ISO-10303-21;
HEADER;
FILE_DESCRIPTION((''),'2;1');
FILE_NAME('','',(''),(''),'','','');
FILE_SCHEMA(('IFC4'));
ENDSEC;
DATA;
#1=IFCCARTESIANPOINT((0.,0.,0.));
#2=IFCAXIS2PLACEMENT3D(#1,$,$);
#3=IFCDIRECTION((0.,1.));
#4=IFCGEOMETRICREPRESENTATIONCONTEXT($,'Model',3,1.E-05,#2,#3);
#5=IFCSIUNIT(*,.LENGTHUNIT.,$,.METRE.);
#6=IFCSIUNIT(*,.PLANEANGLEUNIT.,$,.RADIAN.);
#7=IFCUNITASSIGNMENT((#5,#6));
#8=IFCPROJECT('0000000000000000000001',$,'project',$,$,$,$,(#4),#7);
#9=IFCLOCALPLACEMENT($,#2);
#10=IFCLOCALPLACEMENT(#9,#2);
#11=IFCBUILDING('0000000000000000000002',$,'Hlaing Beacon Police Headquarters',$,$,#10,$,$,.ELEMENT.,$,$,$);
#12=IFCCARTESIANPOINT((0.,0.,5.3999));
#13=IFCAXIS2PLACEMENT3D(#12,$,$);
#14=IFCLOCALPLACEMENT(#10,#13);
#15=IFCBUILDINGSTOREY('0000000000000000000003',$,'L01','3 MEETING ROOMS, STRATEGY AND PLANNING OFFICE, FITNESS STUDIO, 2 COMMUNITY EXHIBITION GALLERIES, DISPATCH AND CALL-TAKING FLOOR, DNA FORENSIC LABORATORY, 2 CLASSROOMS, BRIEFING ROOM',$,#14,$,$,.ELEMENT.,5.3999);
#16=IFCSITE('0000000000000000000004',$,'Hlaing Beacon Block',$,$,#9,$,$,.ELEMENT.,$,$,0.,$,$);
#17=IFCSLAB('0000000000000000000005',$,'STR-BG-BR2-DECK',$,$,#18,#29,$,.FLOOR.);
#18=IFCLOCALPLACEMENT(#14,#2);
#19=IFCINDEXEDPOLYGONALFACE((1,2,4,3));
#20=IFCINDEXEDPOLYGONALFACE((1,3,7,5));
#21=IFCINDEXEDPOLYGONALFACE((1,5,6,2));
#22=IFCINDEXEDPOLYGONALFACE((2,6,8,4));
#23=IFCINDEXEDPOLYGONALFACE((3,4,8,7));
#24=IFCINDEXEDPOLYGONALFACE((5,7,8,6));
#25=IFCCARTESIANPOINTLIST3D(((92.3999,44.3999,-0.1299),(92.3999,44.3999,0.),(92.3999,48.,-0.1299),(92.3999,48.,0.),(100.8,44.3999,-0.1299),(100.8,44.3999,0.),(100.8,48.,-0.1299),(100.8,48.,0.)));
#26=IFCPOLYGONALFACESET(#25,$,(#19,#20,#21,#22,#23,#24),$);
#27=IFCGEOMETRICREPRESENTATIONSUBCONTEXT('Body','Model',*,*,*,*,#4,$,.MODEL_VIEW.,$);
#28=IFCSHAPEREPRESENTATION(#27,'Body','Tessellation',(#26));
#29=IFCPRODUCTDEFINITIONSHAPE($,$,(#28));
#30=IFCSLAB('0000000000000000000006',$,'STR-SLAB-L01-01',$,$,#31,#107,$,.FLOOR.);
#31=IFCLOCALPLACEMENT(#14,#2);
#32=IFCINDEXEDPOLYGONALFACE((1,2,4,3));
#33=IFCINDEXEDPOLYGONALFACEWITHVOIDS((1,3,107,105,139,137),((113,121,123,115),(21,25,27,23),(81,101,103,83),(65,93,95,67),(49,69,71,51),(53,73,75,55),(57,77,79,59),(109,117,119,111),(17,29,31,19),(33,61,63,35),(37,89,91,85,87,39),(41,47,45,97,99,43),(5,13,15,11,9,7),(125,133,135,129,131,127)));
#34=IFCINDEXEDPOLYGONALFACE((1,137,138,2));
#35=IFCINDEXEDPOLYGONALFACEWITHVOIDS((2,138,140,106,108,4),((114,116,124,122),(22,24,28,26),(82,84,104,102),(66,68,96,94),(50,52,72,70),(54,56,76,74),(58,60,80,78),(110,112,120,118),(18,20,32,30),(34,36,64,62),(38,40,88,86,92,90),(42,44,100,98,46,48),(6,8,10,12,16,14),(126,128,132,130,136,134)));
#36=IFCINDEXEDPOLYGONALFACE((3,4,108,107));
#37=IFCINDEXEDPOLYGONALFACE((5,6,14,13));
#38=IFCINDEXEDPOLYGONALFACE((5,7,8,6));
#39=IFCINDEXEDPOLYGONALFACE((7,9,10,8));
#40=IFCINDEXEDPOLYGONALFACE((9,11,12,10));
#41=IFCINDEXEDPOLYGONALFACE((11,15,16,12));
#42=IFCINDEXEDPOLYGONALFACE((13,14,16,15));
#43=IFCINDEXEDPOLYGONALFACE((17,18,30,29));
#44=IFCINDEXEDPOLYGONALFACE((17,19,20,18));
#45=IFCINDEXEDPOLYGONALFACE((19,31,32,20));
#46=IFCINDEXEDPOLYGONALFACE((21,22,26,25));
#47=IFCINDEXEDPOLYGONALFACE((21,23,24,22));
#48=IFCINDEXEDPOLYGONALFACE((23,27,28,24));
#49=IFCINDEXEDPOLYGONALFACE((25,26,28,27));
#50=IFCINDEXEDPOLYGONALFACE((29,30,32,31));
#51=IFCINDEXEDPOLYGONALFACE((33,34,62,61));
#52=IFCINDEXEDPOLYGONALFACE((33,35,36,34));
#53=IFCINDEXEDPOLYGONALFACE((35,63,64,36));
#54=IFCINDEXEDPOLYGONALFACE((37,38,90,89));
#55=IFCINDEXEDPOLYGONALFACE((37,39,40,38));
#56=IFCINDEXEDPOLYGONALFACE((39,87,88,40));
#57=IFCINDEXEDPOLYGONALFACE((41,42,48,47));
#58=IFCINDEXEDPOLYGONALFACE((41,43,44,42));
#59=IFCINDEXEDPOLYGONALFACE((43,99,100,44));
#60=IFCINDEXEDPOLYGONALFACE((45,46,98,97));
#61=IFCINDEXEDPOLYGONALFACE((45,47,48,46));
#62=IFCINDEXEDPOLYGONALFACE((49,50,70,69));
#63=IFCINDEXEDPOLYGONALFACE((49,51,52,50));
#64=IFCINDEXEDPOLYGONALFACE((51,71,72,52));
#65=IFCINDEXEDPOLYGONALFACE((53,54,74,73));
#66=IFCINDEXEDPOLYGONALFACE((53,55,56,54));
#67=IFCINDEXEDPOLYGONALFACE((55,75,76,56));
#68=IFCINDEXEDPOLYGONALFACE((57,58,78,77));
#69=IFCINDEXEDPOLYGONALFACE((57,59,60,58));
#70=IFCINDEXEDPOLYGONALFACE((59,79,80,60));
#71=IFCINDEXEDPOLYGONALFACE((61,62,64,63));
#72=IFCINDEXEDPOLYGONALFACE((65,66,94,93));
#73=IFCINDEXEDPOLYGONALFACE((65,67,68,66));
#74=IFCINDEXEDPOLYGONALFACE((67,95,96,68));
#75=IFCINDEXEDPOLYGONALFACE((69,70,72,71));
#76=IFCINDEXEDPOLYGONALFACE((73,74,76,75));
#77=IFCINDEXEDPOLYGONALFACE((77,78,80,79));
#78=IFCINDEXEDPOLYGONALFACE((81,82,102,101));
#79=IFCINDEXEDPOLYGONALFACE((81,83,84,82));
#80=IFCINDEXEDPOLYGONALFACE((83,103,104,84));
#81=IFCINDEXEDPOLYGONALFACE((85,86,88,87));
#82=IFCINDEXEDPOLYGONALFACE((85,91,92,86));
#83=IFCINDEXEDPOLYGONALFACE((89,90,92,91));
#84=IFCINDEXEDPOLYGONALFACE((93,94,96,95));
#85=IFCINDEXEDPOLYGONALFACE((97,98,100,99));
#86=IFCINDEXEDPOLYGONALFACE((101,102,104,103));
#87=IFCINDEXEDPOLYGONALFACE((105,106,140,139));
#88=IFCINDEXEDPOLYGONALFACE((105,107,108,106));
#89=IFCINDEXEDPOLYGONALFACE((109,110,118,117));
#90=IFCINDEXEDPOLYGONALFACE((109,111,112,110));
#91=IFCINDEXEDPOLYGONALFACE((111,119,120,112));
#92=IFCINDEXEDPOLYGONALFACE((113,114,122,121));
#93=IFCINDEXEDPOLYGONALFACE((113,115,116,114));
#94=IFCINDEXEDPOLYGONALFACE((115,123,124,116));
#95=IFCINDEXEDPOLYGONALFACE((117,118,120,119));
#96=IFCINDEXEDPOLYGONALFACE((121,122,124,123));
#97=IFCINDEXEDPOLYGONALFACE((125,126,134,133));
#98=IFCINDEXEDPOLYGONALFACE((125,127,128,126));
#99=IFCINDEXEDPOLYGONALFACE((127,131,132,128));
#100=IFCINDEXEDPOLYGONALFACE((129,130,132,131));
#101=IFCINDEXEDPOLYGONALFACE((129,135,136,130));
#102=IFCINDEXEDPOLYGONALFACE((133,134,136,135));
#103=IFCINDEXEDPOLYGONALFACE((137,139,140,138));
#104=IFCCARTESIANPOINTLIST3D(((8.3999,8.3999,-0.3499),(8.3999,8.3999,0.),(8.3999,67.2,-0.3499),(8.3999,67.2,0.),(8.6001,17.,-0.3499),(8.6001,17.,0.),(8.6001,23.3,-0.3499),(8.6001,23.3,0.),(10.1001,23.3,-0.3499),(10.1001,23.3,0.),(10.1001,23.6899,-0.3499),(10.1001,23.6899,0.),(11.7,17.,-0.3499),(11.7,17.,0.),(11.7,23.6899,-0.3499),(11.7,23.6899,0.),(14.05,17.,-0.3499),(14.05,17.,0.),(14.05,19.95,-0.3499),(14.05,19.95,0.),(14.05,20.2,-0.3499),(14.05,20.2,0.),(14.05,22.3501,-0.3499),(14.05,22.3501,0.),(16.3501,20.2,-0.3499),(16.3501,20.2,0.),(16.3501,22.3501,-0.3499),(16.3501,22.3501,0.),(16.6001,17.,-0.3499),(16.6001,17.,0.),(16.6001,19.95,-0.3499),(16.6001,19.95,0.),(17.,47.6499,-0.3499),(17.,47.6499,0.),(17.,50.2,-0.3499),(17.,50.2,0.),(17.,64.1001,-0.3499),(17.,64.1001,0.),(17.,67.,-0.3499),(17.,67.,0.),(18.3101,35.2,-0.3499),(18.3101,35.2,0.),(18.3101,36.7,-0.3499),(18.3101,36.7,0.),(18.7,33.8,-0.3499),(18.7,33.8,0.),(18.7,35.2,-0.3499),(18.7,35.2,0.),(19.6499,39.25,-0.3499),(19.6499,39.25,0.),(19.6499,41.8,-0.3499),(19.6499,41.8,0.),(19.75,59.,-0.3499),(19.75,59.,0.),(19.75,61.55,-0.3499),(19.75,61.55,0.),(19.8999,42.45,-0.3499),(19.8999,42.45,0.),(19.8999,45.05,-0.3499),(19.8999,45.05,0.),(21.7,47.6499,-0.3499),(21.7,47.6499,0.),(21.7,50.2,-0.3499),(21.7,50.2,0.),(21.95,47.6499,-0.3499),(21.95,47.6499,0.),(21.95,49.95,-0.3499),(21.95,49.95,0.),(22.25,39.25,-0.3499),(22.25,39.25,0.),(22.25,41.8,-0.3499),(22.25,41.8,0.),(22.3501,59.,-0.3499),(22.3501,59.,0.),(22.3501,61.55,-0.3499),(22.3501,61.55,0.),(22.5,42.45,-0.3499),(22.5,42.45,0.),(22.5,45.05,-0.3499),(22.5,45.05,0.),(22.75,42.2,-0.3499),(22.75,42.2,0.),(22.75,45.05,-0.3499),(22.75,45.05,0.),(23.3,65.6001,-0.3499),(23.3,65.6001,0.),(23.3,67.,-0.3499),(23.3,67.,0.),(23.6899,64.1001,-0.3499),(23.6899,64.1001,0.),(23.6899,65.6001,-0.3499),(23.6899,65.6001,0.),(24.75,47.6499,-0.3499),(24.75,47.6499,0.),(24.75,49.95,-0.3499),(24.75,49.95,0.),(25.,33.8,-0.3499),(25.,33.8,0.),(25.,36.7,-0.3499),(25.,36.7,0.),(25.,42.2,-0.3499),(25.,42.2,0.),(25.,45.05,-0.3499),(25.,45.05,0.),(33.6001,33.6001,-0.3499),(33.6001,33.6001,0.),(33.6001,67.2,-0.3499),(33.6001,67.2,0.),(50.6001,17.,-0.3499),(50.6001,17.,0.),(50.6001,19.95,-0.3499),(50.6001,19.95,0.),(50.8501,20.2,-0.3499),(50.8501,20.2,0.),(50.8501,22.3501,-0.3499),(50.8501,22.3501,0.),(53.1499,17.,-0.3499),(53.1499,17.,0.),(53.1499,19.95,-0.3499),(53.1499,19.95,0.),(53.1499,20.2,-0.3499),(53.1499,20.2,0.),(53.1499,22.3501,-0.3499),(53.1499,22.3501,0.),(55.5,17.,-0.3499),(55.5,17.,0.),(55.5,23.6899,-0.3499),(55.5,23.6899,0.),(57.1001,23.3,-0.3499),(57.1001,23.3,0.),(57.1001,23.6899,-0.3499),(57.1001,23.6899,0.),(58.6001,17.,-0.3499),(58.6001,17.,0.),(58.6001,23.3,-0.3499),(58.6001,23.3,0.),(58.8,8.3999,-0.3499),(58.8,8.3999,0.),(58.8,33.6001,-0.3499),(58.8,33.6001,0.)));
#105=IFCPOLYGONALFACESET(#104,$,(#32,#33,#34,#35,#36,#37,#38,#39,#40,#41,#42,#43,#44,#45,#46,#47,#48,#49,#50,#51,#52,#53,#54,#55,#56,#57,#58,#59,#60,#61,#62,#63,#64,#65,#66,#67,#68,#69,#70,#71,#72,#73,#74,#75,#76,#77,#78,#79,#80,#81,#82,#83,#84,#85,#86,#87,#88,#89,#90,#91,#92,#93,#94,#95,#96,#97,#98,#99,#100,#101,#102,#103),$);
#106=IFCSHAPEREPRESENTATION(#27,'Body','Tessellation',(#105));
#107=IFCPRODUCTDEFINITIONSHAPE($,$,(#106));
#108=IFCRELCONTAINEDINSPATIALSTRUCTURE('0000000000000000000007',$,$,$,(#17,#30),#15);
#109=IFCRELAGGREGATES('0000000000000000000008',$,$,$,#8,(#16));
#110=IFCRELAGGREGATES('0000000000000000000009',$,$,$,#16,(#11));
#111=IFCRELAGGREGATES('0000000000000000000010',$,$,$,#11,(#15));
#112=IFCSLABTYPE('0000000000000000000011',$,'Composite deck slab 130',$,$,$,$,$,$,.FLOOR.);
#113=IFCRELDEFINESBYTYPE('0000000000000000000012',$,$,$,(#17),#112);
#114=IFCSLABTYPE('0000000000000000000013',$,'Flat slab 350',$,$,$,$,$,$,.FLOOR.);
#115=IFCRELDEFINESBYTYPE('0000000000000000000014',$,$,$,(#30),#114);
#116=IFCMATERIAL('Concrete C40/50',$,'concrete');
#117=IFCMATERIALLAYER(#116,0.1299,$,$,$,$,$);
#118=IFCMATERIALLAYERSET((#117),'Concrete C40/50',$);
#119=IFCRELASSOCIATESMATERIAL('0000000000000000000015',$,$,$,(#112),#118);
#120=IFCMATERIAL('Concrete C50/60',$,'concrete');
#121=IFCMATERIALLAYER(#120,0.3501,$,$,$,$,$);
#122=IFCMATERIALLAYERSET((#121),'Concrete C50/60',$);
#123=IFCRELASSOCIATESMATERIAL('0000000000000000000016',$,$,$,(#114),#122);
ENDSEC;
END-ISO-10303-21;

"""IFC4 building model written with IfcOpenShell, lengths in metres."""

from ifc_helpers import new_model, si_unit, direction, frame, origin, place, context, subcontext, project, spatial, polyline, outline, extrude, material, layer, layer_set, type_object, element, save


model = new_model("IFC4")

# Units and contexts
model_context = context("Model", 3, precision=1e-05, world=origin(), true_north=direction((0.0, 1.0)))
body_context = subcontext(model_context, "Body", "Model", "MODEL_VIEW")
ifc_project = project(units=[si_unit("LENGTHUNIT", "METRE"), si_unit("PLANEANGLEUNIT", "RADIAN")], contexts=[model_context])

# Site, building, storey
site_placement = place(None, origin())
site = spatial("IfcSite", under=ifc_project, at=site_placement, Name="Hlaing Beacon Block", CompositionType="ELEMENT", RefElevation=0.0)
building_placement = place(site_placement, origin())
building = spatial("IfcBuilding", under=site, at=building_placement, Name="Hlaing Beacon Police Headquarters", CompositionType="ELEMENT")
storey_placement = place(building_placement, frame((0.0, 0.0, 5.3999)))
storey = spatial("IfcBuildingStorey", under=building, at=storey_placement, Name="L01", Description="3 MEETING ROOMS, STRATEGY AND PLANNING OFFICE, FITNESS STUDIO, 2 COMMUNITY EXHIBITION GALLERIES, DISPATCH AND CALL-TAKING FLOOR, DNA FORENSIC LABORATORY, 2 CLASSROOMS, BRIEFING ROOM", CompositionType="ELEMENT", Elevation=5.3999)

# Slabs
ifc_material_1 = material(Name="Concrete C40/50", Category="concrete")
ifc_layer_1 = layer(ifc_material_1, 0.1299)
ifc_layer_set_1 = layer_set([ifc_layer_1], Name="Concrete C40/50")
slab_type_1 = type_object("IfcSlabType", Name="Composite deck slab 130", PredefinedType="FLOOR", material=ifc_layer_set_1)
slab_1_placement = place(storey_placement, frame((0.0, 0.0, -0.1299)))
element("IfcSlab", 1, at=slab_1_placement, inside=storey, type_object=slab_type_1, Name="STR-BG-BR2-DECK", PredefinedType="FLOOR", context=body_context, shape_type="SweptSolid", body=[
    extrude(outline(polyline([(92.3999, 44.3999), (100.8, 44.3999), (100.8, 48.0), (92.3999, 48.0), (92.3999, 44.3999)])), origin(), (0.0, 0.0, 1.0), 0.1299),
])
ifc_material_2 = material(Name="Concrete C50/60", Category="concrete")
ifc_layer_2 = layer(ifc_material_2, 0.3501)
ifc_layer_set_2 = layer_set([ifc_layer_2], Name="Concrete C50/60")
slab_type_2 = type_object("IfcSlabType", Name="Flat slab 350", PredefinedType="FLOOR", material=ifc_layer_set_2)
slab_2_placement = place(storey_placement, frame((0.0, 0.0, -0.3499)))
element("IfcSlab", 2, at=slab_2_placement, inside=storey, type_object=slab_type_2, Name="STR-SLAB-L01-01", PredefinedType="FLOOR", context=body_context, shape_type="SweptSolid", body=[
    extrude(outline(polyline([(8.3999, 8.3999), (58.8, 8.3999), (58.8, 33.6001), (33.6001, 33.6001), (33.6001, 67.2), (8.3999, 67.2), (8.3999, 8.3999)]), holes=[polyline([(8.6001, 17.0), (11.7, 17.0), (11.7, 23.6899), (10.1001, 23.6899), (10.1001, 23.3), (8.6001, 23.3), (8.6001, 17.0)]), polyline([(14.05, 17.0), (16.6001, 17.0), (16.6001, 19.95), (14.05, 19.95), (14.05, 17.0)]), polyline([(14.05, 20.2), (16.3501, 20.2), (16.3501, 22.3501), (14.05, 22.3501), (14.05, 20.2)]), polyline([(17.0, 47.6499), (21.7, 47.6499), (21.7, 50.2), (17.0, 50.2), (17.0, 47.6499)]), polyline([(17.0, 64.1001), (23.6899, 64.1001), (23.6899, 65.6001), (23.3, 65.6001), (23.3, 67.0), (17.0, 67.0), (17.0, 64.1001)]), polyline([(18.7, 33.8), (25.0, 33.8), (25.0, 36.7), (18.3101, 36.7), (18.3101, 35.2), (18.7, 35.2), (18.7, 33.8)]), polyline([(19.6499, 39.25), (22.25, 39.25), (22.25, 41.8), (19.6499, 41.8), (19.6499, 39.25)]), polyline([(19.75, 59.0), (22.3501, 59.0), (22.3501, 61.55), (19.75, 61.55), (19.75, 59.0)]), polyline([(19.8999, 42.45), (22.5, 42.45), (22.5, 45.05), (19.8999, 45.05), (19.8999, 42.45)]), polyline([(21.95, 47.6499), (24.75, 47.6499), (24.75, 49.95), (21.95, 49.95), (21.95, 47.6499)]), polyline([(22.75, 42.2), (25.0, 42.2), (25.0, 45.05), (22.75, 45.05), (22.75, 42.2)]), polyline([(50.6001, 17.0), (53.1499, 17.0), (53.1499, 19.95), (50.6001, 19.95), (50.6001, 17.0)]), polyline([(50.8501, 20.2), (53.1499, 20.2), (53.1499, 22.3501), (50.8501, 22.3501), (50.8501, 20.2)]), polyline([(55.5, 17.0), (58.6001, 17.0), (58.6001, 23.3), (57.1001, 23.3), (57.1001, 23.6899), (55.5, 23.6899), (55.5, 17.0)])]), origin(), (0.0, 0.0, 1.0), 0.3499),
])

save(model, "model.ifc")
